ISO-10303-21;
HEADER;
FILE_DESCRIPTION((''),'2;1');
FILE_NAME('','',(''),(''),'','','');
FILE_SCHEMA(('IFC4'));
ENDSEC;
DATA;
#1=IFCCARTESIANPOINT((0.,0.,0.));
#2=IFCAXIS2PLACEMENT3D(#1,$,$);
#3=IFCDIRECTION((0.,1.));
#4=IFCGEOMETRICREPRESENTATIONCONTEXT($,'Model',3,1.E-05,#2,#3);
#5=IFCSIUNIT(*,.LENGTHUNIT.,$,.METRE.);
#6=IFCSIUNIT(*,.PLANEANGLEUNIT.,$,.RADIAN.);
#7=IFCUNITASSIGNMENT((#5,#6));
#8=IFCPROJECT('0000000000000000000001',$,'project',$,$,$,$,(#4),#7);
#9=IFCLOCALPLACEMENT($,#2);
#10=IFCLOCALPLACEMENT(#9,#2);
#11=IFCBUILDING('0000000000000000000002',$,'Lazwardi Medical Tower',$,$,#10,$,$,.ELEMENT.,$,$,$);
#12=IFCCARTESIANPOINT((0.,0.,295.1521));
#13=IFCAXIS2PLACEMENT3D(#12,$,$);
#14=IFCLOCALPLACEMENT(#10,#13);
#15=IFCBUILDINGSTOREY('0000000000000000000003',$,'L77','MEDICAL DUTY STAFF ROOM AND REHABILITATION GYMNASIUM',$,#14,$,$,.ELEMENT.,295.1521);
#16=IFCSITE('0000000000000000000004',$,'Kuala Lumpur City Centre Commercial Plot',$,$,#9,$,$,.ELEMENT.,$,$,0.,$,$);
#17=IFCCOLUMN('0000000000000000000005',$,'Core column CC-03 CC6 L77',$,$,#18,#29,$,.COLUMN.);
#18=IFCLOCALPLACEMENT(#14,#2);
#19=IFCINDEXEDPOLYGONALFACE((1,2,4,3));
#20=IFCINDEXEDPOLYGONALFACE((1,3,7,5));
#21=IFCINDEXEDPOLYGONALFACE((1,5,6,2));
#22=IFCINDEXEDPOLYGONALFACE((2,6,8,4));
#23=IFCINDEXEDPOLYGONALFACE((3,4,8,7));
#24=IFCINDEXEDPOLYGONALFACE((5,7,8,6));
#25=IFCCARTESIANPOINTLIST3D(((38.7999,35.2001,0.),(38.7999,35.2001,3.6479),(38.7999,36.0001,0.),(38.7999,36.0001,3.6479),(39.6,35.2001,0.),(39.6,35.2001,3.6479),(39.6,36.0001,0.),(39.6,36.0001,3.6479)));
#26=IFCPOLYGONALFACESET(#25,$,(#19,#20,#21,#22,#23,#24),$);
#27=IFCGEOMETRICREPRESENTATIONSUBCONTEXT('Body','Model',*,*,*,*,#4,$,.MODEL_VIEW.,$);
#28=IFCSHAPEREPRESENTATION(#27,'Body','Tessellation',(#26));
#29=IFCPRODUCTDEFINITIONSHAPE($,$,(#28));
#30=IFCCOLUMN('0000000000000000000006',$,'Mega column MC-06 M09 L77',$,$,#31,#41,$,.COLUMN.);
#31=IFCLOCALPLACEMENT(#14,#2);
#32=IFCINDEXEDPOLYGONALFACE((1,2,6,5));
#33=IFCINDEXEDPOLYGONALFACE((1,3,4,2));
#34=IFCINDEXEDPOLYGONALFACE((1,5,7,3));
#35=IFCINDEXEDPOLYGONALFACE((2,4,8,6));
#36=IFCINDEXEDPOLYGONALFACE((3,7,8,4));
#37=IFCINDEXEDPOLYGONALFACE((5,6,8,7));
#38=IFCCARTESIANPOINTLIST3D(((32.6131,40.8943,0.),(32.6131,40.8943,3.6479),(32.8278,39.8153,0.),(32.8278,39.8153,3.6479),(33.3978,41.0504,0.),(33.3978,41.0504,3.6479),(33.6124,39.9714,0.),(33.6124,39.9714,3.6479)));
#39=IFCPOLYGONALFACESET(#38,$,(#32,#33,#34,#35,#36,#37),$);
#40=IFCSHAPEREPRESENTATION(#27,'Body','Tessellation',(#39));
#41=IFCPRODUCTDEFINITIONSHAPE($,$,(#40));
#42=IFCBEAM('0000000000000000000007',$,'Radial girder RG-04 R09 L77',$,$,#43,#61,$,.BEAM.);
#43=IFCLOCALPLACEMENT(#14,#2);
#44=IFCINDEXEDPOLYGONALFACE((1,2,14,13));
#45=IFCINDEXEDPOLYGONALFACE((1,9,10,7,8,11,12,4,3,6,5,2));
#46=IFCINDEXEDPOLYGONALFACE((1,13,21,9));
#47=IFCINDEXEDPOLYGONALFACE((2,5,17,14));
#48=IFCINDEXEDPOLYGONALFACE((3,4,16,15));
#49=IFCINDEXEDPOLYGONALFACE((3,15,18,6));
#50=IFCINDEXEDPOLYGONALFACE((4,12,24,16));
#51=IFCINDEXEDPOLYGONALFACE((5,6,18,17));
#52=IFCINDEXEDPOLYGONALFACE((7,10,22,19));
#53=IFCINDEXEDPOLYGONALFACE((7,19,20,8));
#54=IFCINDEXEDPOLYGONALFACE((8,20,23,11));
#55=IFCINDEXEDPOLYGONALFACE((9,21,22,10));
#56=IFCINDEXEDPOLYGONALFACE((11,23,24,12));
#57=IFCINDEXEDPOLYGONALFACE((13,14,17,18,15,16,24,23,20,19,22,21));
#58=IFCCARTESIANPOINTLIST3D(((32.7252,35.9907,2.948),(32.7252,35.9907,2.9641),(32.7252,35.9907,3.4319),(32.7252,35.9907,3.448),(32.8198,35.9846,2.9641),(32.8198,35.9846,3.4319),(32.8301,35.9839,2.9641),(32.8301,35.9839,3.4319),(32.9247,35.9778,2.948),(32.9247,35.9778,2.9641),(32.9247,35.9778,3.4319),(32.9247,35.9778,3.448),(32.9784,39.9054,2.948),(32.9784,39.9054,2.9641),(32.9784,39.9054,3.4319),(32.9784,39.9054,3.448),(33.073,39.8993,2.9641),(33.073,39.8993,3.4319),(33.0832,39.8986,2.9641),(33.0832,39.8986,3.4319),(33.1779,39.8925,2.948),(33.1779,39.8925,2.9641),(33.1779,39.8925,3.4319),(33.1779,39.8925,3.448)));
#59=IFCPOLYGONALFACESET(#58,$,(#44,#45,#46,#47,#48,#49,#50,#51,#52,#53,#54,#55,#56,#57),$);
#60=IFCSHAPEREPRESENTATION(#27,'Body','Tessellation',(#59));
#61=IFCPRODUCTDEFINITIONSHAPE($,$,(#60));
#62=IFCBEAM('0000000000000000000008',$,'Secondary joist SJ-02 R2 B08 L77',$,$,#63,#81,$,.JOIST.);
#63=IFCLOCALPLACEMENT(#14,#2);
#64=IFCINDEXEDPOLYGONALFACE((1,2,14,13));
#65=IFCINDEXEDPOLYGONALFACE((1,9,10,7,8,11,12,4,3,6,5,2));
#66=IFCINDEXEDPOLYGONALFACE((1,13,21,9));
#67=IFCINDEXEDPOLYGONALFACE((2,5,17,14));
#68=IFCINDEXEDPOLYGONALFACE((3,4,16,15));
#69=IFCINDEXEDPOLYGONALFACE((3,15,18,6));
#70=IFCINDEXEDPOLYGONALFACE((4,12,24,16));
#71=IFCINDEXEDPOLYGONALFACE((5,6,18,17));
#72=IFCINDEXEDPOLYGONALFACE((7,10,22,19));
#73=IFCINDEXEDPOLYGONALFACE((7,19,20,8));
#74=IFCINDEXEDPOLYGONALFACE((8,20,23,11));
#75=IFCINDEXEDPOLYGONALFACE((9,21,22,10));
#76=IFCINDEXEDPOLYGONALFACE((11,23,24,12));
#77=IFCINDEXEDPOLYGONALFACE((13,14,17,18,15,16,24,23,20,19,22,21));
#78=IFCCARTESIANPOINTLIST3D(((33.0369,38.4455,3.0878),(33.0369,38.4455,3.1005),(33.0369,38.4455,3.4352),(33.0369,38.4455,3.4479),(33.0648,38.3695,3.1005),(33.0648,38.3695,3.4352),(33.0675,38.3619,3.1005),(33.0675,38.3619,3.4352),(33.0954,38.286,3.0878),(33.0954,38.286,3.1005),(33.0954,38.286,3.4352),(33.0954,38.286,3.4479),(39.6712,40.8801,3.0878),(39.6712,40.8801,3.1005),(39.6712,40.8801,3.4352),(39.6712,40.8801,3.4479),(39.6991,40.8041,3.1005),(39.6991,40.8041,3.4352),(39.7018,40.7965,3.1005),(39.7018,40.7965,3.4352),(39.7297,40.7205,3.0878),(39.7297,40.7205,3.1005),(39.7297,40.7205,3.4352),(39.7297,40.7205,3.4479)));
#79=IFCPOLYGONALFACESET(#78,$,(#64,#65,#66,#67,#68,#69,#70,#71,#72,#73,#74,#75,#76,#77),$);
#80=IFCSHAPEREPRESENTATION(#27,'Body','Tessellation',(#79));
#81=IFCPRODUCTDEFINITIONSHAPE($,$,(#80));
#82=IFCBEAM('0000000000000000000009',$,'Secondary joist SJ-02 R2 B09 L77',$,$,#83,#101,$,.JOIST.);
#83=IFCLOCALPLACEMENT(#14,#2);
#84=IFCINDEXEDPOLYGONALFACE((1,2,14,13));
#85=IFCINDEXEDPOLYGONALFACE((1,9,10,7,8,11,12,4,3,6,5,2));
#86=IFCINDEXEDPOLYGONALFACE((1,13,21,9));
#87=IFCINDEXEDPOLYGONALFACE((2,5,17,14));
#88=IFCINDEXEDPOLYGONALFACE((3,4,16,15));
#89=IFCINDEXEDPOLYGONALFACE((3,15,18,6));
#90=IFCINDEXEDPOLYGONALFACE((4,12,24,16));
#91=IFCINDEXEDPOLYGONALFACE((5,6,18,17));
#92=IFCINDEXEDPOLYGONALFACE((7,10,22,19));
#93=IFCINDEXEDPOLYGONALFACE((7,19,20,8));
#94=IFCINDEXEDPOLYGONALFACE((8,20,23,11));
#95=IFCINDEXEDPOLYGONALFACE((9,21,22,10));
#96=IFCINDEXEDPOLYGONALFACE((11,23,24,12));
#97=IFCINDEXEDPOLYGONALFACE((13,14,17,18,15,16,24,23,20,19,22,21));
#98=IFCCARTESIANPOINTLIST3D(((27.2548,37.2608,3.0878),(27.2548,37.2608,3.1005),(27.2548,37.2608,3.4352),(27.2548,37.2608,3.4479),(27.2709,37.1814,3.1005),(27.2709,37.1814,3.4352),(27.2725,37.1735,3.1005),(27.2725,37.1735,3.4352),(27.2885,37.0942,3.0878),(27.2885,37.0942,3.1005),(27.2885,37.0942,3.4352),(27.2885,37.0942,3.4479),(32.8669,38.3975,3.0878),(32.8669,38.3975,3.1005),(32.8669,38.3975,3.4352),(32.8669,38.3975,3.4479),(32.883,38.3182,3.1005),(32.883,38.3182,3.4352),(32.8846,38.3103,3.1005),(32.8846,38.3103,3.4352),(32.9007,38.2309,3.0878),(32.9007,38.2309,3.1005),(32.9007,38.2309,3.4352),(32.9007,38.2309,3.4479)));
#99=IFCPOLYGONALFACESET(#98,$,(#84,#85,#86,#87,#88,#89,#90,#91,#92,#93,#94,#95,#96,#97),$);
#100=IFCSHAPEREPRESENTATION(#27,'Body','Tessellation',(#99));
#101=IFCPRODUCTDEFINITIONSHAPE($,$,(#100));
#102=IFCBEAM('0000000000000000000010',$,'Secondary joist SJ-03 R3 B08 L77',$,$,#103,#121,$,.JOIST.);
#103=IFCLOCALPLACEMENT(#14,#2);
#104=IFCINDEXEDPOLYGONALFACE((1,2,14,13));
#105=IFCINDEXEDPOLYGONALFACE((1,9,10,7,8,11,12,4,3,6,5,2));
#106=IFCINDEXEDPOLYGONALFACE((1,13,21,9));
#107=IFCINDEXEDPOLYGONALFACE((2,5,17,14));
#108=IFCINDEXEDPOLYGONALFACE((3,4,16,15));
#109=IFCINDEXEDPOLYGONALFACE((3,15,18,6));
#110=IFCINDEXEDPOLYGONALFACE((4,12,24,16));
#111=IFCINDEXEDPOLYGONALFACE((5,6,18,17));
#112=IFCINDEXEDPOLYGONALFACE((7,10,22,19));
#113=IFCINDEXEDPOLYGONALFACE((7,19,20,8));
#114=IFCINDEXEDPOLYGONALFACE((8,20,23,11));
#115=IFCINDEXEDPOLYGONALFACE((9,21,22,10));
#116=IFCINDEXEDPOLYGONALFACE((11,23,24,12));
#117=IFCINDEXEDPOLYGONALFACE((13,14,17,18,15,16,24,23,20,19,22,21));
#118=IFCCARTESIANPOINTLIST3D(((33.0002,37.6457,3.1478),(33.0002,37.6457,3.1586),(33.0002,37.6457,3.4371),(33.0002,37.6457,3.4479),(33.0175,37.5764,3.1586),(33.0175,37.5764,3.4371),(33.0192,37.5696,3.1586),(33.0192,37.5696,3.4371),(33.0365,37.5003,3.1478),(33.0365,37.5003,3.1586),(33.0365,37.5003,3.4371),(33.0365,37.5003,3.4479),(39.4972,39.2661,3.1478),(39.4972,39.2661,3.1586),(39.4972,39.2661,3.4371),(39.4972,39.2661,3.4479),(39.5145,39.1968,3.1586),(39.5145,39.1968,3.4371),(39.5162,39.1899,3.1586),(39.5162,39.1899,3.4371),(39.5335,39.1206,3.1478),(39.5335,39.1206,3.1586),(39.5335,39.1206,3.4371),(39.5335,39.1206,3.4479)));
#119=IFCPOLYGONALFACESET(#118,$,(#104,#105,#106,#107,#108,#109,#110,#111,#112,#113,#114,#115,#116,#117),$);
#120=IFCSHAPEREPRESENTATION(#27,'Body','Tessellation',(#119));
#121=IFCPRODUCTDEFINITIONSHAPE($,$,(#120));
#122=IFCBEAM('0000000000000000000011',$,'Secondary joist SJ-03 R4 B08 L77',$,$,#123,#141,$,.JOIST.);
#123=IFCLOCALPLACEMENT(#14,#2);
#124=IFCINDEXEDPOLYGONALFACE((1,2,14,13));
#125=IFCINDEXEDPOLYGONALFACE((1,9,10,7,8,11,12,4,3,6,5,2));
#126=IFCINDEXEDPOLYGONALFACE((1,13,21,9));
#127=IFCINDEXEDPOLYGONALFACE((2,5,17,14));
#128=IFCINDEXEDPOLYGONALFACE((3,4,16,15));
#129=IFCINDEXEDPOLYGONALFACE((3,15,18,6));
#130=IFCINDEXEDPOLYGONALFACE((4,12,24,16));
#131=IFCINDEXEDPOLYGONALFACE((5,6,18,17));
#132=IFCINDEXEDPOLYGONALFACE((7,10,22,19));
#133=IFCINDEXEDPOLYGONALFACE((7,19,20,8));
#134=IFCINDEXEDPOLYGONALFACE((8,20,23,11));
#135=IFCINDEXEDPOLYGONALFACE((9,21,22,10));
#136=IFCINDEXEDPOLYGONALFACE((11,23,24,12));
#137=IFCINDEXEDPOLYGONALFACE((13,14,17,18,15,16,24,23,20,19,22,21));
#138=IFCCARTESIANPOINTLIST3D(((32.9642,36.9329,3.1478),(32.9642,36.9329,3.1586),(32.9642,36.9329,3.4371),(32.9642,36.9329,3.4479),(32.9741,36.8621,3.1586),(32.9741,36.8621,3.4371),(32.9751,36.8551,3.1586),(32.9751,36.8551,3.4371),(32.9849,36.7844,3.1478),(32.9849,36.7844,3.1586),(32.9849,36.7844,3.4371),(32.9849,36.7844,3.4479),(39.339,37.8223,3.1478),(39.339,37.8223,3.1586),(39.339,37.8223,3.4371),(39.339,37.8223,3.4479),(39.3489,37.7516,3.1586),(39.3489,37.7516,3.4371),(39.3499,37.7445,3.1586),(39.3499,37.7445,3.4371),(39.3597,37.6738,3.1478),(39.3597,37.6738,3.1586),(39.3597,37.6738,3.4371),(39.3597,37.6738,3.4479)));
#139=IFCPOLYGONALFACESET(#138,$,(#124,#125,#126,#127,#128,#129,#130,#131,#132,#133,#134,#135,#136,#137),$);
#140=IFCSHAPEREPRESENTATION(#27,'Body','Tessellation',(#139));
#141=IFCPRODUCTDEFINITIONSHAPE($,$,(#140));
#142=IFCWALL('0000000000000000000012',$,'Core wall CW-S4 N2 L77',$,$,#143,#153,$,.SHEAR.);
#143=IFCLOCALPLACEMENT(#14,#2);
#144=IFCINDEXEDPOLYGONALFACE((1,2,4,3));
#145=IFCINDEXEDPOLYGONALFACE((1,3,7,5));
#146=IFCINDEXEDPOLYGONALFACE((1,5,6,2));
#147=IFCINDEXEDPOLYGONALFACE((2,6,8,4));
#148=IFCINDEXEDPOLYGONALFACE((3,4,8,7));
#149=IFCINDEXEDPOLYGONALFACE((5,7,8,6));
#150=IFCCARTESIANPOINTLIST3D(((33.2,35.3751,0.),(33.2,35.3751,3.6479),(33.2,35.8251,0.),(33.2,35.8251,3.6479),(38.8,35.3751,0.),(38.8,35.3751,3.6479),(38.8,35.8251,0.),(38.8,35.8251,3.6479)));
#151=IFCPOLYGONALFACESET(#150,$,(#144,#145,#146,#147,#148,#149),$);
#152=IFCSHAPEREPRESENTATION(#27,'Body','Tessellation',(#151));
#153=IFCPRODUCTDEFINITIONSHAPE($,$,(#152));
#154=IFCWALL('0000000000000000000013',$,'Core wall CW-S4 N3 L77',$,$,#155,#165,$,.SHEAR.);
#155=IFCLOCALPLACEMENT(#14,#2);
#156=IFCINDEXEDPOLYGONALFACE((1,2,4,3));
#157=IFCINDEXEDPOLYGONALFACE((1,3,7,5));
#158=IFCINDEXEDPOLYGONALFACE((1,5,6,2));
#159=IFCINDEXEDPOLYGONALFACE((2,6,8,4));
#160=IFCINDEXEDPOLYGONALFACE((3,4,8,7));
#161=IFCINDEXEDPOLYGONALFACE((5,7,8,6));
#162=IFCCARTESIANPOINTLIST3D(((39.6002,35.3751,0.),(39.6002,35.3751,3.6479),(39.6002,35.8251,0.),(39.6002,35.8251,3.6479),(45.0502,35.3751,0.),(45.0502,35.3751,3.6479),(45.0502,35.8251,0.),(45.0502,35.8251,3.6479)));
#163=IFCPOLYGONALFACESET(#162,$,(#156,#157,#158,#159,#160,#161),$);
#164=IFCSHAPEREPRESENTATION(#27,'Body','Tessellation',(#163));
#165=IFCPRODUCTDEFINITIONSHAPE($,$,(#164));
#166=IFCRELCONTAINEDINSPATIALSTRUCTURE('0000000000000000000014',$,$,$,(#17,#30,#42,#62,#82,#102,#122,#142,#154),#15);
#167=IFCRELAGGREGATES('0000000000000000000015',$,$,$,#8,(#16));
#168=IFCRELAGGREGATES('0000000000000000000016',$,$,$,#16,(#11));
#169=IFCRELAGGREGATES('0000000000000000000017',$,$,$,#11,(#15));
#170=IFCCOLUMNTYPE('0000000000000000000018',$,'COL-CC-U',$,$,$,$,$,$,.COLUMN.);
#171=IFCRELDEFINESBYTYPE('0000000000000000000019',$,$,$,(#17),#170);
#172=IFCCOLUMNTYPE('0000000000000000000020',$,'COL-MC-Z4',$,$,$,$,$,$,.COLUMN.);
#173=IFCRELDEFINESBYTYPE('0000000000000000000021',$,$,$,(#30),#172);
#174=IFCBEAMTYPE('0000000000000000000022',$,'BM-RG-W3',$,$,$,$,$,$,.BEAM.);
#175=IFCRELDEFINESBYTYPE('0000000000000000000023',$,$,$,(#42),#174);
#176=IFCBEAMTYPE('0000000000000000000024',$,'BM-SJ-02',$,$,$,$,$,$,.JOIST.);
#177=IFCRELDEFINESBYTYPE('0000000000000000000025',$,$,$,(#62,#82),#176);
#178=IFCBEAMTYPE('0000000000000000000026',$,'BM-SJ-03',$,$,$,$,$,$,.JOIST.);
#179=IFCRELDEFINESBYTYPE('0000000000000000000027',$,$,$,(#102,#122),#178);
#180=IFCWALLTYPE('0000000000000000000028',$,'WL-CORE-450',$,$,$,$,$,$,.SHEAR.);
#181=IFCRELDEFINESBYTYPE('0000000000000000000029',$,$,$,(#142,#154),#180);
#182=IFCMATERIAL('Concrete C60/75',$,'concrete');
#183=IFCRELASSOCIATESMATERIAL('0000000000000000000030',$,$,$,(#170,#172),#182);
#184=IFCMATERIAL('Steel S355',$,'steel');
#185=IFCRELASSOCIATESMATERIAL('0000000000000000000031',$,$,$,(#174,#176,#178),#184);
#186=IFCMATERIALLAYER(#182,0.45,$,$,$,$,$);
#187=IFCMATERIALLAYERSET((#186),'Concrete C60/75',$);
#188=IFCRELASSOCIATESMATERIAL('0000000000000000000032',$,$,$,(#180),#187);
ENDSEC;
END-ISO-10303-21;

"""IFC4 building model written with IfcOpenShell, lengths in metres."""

from ifc_helpers import new_model, si_unit, direction, frame, frame_2d, origin, origin_2d, place, context, subcontext, project, spatial, rectangle, i_section, extrude, material, layer, layer_set, material_profile, profile_set, type_object, element, save


model = new_model("IFC4")

# Units and contexts
model_context = context("Model", 3, precision=1e-05, world=origin(), true_north=direction((0.0, 1.0)))
body_context = subcontext(model_context, "Body", "Model", "MODEL_VIEW")
ifc_project = project(units=[si_unit("LENGTHUNIT", "METRE"), si_unit("PLANEANGLEUNIT", "RADIAN")], contexts=[model_context])

# Site, building, storey
site_placement = place(None, origin())
site = spatial("IfcSite", under=ifc_project, at=site_placement, Name="Kuala Lumpur City Centre Commercial Plot", CompositionType="ELEMENT", RefElevation=0.0)
building_placement = place(site_placement, origin())
building = spatial("IfcBuilding", under=site, at=building_placement, Name="Lazwardi Medical Tower", CompositionType="ELEMENT")
storey_placement = place(building_placement, frame((0.0, 0.0, 295.1521)))
storey = spatial("IfcBuildingStorey", under=building, at=storey_placement, Name="L77", Description="MEDICAL DUTY STAFF ROOM AND REHABILITATION GYMNASIUM", CompositionType="ELEMENT", Elevation=295.1521)

# Columns
ifc_material_1 = material(Name="Concrete C60/75", Category="concrete")
ifc_material_profile_1 = material_profile(ifc_material_1, rectangle(XDim=0.8, YDim=0.8, at=origin_2d()), Name="RC 800x800")
ifc_profile_set_1 = profile_set([ifc_material_profile_1], Name="Concrete C60/75")
column_type_1 = type_object("IfcColumnType", Name="COL-CC-U", PredefinedType="COLUMN", material=ifc_profile_set_1)
column_1_placement = place(storey_placement, frame((39.2, 35.6001, 0.0), z_axis=(0.0, 0.0, 1.0), x_axis=(1.0, 0.0, 0.0)))
element("IfcColumn", 1, at=column_1_placement, inside=storey, type_object=column_type_1, Name="Core column CC-03 CC6 L77", PredefinedType="COLUMN", context=body_context, shape_type="SweptSolid", body=[
    extrude(rectangle(XDim=0.8, YDim=0.8, at=origin_2d()), origin(), (0.0, 0.0, 1.0), 3.6479),
])
ifc_material_profile_2 = material_profile(ifc_material_1, rectangle(XDim=1.1001, YDim=0.8, at=origin_2d()), Name="CFT-RECT 1100x800")
ifc_profile_set_2 = profile_set([ifc_material_profile_2], Name="Concrete C60/75")
column_type_2 = type_object("IfcColumnType", Name="COL-MC-Z4", PredefinedType="COLUMN", material=ifc_profile_set_2)
column_2_placement = place(storey_placement, frame((33.1128, 40.4329, 0.0), z_axis=(0.0, 0.0, 1.0), x_axis=(-0.19509, 0.980785, 0.0)))
element("IfcColumn", 2, at=column_2_placement, inside=storey, type_object=column_type_2, Name="Mega column MC-06 M09 L77", PredefinedType="COLUMN", context=body_context, shape_type="SweptSolid", body=[
    extrude(rectangle(XDim=1.1001, YDim=0.8, at=origin_2d()), origin(), (0.0, 0.0, 1.0), 3.6479),
])

# Beams
ifc_material_2 = material(Name="Steel S355", Category="steel")
ifc_material_profile_3 = material_profile(ifc_material_2, i_section(OverallWidth=0.2, OverallDepth=0.5, WebThickness=0.0103, FlangeThickness=0.0161, at=origin_2d()), Name="IPE 500")
ifc_profile_set_3 = profile_set([ifc_material_profile_3], Name="Steel S355")
beam_type_1 = type_object("IfcBeamType", Name="BM-RG-W3", PredefinedType="BEAM", material=ifc_profile_set_3)
beam_1_placement = place(storey_placement, frame((33.0781, 39.8989, 3.198), z_axis=(-0.064536, -0.997915, 0.0), x_axis=(0.997915, -0.064536, 0.0)))
element("IfcBeam", 3, at=beam_1_placement, inside=storey, type_object=beam_type_1, Name="Radial girder RG-04 R09 L77", PredefinedType="BEAM", context=body_context, shape_type="SweptSolid", body=[
    extrude(i_section(OverallWidth=0.2, OverallDepth=0.5, WebThickness=0.0103, FlangeThickness=0.0161, at=origin_2d()), origin(), (0.0, 0.0, 1.0), 3.9229),
])
ifc_material_profile_4 = material_profile(ifc_material_2, i_section(OverallWidth=0.1699, OverallDepth=0.3601, WebThickness=0.0081, FlangeThickness=0.0127, at=origin_2d()), Name="IPE 360")
ifc_profile_set_4 = profile_set([ifc_material_profile_4], Name="Steel S355")
beam_type_2 = type_object("IfcBeamType", Name="BM-SJ-02", PredefinedType="JOIST", material=ifc_profile_set_4)
beam_2_placement = place(storey_placement, frame((39.7004, 40.8003, 3.2678), z_axis=(-0.938785, -0.344504, 0.0), x_axis=(0.344504, -0.938785, 0.0)))
element("IfcBeam", 4, at=beam_2_placement, inside=storey, type_object=beam_type_2, Name="Secondary joist SJ-02 R2 B08 L77", PredefinedType="JOIST", context=body_context, shape_type="SweptSolid", body=[
    extrude(i_section(OverallWidth=0.1699, OverallDepth=0.3601, WebThickness=0.0081, FlangeThickness=0.0127, at=origin_2d()), origin(), (0.0, 0.0, 1.0), 7.0669),
])
beam_3_placement = place(storey_placement, frame((32.8838, 38.3142, 3.2678), z_axis=(-0.980097, -0.198518, 0.0), x_axis=(0.198518, -0.980097, 0.0)))
element("IfcBeam", 5, at=beam_3_placement, inside=storey, type_object=beam_type_2, Name="Secondary joist SJ-02 R2 B09 L77", PredefinedType="JOIST", context=body_context, shape_type="SweptSolid", body=[
    extrude(i_section(OverallWidth=0.1699, OverallDepth=0.3601, WebThickness=0.0081, FlangeThickness=0.0127, at=origin_2d()), origin(), (0.0, 0.0, 1.0), 5.7261),
])
ifc_material_profile_5 = material_profile(ifc_material_2, i_section(OverallWidth=0.1499, OverallDepth=0.3, WebThickness=0.0071, FlangeThickness=0.0107, at=origin_2d()), Name="IPE 300")
ifc_profile_set_5 = profile_set([ifc_material_profile_5], Name="Steel S355")
beam_type_3 = type_object("IfcBeamType", Name="BM-SJ-03", PredefinedType="JOIST", material=ifc_profile_set_5)
beam_4_placement = place(storey_placement, frame((39.5154, 39.1934, 3.2979), z_axis=(-0.97028, -0.241987, 0.0), x_axis=(0.241987, -0.97028, 0.0)))
element("IfcBeam", 6, at=beam_4_placement, inside=storey, type_object=beam_type_3, Name="Secondary joist SJ-03 R3 B08 L77", PredefinedType="JOIST", context=body_context, shape_type="SweptSolid", body=[
    extrude(i_section(OverallWidth=0.1499, OverallDepth=0.3, WebThickness=0.0071, FlangeThickness=0.0107, at=origin_2d()), origin(), (0.0, 0.0, 1.0), 6.696),
])
beam_5_placement = place(storey_placement, frame((39.3494, 37.748, 3.2979), z_axis=(-0.990407, -0.138181, 0.0), x_axis=(0.138181, -0.990407, 0.0)))
element("IfcBeam", 7, at=beam_5_placement, inside=storey, type_object=beam_type_3, Name="Secondary joist SJ-03 R4 B08 L77", PredefinedType="JOIST", context=body_context, shape_type="SweptSolid", body=[
    extrude(i_section(OverallWidth=0.1499, OverallDepth=0.3, WebThickness=0.0071, FlangeThickness=0.0107, at=origin_2d()), origin(), (0.0, 0.0, 1.0), 6.4365),
])

# Walls
ifc_layer_1 = layer(ifc_material_1, 0.45)
ifc_layer_set_1 = layer_set([ifc_layer_1], Name="Concrete C60/75")
wall_type_1 = type_object("IfcWallType", Name="WL-CORE-450", PredefinedType="SHEAR", material=ifc_layer_set_1)
wall_1_placement = place(storey_placement, frame((33.2, 35.6001, 0.0), z_axis=(0.0, 0.0, 1.0), x_axis=(1.0, 0.0, 0.0)))
element("IfcWall", 8, at=wall_1_placement, inside=storey, type_object=wall_type_1, Name="Core wall CW-S4 N2 L77", PredefinedType="SHEAR", context=body_context, shape_type="SweptSolid", body=[
    extrude(rectangle(XDim=5.6001, YDim=0.45, at=frame_2d((2.8, 0.0))), origin(), (0.0, 0.0, 1.0), 3.6479),
])
wall_2_placement = place(storey_placement, frame((39.6001, 35.6001, 0.0), z_axis=(0.0, 0.0, 1.0), x_axis=(1.0, 0.0, 0.0)))
element("IfcWall", 9, at=wall_2_placement, inside=storey, type_object=wall_type_1, Name="Core wall CW-S4 N3 L77", PredefinedType="SHEAR", context=body_context, shape_type="SweptSolid", body=[
    extrude(rectangle(XDim=5.45, YDim=0.45, at=frame_2d((2.7251, 0.0))), origin(), (0.0, 0.0, 1.0), 3.6479),
])

save(model, "model.ifc")
